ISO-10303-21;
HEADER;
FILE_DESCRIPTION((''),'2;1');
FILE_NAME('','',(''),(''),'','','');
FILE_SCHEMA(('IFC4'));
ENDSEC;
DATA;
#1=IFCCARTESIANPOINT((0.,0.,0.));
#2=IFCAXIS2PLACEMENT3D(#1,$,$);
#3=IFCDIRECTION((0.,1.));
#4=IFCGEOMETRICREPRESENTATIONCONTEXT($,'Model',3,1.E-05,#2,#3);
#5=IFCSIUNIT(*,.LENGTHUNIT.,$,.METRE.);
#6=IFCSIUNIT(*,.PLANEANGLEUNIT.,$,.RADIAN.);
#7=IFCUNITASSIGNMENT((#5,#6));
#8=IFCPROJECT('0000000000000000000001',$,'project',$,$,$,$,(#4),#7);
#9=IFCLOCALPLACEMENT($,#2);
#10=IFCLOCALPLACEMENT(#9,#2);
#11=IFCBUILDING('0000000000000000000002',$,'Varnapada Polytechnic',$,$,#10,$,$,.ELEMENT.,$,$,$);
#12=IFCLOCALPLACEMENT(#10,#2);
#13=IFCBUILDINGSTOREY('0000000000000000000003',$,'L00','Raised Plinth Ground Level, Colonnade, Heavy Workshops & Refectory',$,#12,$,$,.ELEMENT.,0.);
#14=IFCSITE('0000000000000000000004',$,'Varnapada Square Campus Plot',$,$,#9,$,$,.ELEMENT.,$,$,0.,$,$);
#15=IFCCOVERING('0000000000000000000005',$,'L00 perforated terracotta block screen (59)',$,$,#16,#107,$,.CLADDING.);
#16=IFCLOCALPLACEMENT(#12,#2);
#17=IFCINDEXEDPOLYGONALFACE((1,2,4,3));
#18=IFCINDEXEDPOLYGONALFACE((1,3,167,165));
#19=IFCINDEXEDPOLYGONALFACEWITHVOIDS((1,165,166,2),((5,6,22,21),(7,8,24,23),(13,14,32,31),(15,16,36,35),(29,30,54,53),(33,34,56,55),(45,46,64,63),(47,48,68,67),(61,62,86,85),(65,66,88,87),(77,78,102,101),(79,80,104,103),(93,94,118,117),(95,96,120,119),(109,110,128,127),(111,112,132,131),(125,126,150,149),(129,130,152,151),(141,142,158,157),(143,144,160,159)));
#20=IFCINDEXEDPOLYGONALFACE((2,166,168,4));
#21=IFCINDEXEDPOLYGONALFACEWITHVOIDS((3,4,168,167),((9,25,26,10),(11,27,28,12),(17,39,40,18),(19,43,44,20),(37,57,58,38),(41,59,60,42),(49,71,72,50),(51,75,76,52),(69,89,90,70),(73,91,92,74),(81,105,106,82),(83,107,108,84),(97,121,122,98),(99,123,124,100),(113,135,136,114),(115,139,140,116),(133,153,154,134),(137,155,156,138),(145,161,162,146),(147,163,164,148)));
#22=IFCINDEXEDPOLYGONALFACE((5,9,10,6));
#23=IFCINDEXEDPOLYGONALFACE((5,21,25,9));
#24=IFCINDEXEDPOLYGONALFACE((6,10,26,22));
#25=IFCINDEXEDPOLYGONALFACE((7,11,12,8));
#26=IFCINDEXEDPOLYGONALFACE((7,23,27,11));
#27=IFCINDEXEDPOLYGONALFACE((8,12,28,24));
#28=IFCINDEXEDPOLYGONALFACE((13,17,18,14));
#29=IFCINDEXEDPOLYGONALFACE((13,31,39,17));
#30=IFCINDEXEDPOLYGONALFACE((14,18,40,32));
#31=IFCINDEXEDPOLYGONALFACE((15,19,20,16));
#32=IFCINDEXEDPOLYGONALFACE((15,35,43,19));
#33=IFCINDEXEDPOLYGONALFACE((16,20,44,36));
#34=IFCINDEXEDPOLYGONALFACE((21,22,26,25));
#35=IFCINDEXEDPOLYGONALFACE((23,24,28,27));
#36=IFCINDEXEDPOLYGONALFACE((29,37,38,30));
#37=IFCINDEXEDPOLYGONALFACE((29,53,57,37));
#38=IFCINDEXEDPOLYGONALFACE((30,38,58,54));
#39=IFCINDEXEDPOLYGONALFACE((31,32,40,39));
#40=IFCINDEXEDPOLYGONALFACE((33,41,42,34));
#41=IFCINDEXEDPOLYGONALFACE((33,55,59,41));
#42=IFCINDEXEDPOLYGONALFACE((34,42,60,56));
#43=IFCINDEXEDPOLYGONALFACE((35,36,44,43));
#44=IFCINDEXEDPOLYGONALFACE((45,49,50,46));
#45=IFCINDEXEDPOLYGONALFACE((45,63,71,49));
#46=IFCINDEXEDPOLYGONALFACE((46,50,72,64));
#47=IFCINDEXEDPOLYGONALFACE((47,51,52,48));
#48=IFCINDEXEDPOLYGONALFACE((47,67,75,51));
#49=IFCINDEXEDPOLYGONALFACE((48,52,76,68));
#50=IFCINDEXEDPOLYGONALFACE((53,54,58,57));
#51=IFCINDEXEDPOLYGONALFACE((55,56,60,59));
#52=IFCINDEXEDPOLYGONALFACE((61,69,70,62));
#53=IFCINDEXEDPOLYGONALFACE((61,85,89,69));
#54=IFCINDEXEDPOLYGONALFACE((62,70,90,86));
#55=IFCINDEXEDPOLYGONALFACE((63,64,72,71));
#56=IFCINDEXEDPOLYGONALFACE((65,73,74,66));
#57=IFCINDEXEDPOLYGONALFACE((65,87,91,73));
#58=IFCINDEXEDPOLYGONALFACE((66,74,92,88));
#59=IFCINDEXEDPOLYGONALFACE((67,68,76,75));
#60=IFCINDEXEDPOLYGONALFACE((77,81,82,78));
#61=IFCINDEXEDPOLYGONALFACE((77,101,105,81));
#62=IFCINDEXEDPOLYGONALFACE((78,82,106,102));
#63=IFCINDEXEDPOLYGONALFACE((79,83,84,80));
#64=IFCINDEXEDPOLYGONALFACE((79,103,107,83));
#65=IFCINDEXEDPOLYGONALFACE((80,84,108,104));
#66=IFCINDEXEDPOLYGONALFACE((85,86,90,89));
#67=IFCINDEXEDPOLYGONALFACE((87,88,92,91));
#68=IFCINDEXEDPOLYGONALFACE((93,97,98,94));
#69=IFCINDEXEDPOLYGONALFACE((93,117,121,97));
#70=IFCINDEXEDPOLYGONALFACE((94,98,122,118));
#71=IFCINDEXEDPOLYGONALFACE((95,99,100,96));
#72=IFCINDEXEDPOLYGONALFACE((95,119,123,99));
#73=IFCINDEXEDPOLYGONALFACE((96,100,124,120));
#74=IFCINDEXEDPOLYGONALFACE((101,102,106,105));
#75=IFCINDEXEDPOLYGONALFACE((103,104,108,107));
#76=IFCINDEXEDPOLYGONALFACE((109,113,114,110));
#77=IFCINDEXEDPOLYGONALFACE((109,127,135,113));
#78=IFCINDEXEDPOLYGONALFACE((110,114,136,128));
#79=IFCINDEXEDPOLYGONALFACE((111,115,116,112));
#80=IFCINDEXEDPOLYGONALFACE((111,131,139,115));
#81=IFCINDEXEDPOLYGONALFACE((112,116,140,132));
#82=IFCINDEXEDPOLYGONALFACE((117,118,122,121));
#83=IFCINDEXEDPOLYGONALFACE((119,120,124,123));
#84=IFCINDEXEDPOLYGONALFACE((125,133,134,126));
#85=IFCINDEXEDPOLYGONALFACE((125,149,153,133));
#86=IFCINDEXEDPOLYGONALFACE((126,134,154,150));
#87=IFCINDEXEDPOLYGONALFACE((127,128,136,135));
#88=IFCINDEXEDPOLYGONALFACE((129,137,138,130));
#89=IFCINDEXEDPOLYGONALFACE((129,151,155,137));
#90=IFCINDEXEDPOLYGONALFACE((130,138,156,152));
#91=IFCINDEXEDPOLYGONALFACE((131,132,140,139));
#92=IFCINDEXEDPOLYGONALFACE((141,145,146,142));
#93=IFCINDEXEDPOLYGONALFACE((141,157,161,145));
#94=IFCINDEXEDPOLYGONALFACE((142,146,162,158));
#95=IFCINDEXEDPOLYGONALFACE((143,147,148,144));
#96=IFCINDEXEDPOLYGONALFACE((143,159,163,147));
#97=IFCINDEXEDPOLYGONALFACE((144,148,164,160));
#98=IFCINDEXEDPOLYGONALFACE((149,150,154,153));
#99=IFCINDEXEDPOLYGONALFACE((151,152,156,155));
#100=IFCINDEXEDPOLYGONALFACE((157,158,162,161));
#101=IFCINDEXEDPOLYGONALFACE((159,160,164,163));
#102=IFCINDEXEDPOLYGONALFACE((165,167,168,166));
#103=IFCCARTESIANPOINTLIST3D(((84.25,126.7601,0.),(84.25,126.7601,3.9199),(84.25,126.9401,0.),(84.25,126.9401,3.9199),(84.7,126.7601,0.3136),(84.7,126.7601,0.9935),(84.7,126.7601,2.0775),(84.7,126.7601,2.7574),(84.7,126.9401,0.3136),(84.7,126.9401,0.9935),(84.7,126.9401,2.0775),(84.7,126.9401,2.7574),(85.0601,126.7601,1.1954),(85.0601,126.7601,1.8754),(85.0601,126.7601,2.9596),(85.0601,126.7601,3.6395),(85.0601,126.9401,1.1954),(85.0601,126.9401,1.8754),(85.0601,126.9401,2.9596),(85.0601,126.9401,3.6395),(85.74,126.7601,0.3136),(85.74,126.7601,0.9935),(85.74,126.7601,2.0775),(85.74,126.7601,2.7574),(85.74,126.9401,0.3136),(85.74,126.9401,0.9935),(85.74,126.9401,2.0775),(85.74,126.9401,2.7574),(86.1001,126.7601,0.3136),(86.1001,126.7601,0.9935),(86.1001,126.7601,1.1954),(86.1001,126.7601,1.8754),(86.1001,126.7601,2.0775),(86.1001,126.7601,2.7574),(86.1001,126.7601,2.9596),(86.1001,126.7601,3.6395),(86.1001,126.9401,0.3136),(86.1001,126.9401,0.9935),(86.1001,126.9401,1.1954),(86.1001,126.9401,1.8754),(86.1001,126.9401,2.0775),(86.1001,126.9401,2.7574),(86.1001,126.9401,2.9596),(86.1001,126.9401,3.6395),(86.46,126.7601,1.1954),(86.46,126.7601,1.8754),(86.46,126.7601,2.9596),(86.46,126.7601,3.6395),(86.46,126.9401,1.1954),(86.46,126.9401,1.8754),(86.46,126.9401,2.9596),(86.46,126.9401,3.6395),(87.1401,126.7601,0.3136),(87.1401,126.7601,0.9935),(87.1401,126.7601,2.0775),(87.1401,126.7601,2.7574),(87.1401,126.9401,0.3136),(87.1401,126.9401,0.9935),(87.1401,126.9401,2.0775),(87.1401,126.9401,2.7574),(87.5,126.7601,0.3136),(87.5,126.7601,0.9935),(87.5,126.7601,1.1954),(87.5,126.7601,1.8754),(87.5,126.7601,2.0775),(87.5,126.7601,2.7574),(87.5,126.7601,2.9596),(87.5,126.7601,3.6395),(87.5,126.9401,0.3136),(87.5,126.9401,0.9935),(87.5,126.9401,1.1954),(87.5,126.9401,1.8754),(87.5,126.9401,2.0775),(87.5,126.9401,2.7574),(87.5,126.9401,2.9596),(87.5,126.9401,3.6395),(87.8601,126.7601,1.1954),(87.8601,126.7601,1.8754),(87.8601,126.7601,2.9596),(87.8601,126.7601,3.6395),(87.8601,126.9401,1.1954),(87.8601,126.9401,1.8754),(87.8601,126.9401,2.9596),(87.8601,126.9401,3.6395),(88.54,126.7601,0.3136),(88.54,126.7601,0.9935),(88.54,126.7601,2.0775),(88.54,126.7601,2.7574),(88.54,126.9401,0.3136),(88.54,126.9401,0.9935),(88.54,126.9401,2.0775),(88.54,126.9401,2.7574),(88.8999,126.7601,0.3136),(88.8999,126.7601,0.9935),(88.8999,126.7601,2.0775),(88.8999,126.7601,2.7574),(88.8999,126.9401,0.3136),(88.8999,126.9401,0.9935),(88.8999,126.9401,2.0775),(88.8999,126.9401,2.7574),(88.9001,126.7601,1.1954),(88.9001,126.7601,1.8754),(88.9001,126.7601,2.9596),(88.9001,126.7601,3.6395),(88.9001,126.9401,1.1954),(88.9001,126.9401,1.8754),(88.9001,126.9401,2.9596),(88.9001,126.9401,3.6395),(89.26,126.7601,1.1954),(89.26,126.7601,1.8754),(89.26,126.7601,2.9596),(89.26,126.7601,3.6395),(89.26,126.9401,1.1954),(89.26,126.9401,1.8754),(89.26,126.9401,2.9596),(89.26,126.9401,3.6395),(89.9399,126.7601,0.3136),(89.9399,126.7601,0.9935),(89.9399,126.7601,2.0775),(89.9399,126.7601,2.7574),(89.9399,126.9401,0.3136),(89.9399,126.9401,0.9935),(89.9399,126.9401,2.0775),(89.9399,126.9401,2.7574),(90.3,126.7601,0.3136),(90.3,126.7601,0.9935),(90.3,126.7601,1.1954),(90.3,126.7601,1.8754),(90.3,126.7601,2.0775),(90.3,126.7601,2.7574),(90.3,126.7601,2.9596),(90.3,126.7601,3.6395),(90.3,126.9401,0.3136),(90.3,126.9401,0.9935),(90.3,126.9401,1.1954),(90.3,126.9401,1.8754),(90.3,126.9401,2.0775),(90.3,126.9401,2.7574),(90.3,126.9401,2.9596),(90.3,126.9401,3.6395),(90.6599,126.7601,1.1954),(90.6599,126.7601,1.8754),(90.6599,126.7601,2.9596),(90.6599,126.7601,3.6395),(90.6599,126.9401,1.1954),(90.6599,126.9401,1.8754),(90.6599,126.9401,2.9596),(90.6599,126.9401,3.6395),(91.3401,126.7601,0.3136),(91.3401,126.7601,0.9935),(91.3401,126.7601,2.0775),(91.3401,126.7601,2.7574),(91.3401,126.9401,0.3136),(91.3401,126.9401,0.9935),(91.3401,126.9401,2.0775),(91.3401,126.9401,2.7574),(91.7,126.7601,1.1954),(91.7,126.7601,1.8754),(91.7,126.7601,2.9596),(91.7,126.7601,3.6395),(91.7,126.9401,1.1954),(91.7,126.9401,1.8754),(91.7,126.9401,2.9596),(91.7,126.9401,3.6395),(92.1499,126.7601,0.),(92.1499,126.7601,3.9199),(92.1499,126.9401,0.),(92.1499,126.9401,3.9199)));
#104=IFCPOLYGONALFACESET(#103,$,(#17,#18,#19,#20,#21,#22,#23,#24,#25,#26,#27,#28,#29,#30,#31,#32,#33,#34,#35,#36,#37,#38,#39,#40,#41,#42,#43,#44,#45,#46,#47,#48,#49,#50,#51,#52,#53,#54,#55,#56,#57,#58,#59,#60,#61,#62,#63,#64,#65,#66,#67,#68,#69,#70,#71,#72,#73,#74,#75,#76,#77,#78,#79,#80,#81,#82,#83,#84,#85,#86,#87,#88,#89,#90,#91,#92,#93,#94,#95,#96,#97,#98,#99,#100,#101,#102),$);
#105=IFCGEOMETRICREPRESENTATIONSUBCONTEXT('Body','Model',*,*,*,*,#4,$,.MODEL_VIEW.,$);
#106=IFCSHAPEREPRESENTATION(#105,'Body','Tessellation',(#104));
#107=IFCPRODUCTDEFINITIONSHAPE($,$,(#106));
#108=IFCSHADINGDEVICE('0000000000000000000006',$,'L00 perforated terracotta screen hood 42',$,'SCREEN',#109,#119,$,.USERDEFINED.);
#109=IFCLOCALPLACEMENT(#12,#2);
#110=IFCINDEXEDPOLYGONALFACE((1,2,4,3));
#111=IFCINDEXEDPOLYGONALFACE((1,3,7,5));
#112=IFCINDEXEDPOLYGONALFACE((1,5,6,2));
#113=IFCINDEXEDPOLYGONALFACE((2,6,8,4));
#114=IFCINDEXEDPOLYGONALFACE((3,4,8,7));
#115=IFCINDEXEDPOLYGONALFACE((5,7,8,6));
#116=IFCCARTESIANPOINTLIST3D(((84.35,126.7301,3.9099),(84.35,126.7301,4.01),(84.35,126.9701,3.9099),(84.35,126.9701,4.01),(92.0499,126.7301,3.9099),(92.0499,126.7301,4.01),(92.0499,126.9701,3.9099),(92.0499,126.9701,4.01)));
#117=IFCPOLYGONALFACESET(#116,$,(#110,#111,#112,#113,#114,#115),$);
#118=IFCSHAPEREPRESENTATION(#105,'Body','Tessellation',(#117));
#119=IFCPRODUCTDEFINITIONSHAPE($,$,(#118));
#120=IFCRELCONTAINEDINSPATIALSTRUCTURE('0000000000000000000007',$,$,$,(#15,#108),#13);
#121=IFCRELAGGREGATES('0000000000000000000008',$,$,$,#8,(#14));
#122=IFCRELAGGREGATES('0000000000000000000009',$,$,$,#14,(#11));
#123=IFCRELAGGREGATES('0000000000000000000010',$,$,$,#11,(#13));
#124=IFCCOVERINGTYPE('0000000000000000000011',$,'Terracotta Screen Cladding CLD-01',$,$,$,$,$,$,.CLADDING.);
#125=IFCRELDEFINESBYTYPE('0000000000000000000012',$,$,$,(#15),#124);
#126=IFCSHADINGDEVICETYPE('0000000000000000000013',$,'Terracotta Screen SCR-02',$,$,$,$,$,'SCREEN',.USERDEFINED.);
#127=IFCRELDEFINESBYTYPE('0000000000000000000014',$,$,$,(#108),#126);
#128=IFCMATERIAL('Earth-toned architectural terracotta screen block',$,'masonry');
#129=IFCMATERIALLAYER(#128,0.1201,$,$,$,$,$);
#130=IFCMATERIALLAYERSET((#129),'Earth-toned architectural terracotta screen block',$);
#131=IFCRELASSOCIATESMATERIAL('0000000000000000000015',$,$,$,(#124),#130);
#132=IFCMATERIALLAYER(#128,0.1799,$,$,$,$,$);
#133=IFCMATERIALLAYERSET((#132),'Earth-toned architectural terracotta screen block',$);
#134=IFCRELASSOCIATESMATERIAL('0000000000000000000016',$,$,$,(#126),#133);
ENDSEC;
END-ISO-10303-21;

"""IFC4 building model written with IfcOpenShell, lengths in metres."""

from ifc_helpers import new_model, si_unit, direction, frame, frame_2d, origin, origin_2d, place, context, subcontext, project, spatial, rectangle, extrude, material, layer, layer_set, type_object, element, save


model = new_model("IFC4")

# Units and contexts
model_context = context("Model", 3, precision=1e-05, world=origin(), true_north=direction((0.0, 1.0)))
body_context = subcontext(model_context, "Body", "Model", "MODEL_VIEW")
ifc_project = project(units=[si_unit("LENGTHUNIT", "METRE"), si_unit("PLANEANGLEUNIT", "RADIAN")], contexts=[model_context])

# Site, building, storey
site_placement = place(None, origin())
site = spatial("IfcSite", under=ifc_project, at=site_placement, Name="Varnapada Square Campus Plot", CompositionType="ELEMENT", RefElevation=0.0)
building_placement = place(site_placement, origin())
building = spatial("IfcBuilding", under=site, at=building_placement, Name="Varnapada Polytechnic", CompositionType="ELEMENT")
storey_placement = place(building_placement, origin())
storey = spatial("IfcBuildingStorey", under=building, at=storey_placement, Name="L00", Description="Raised Plinth Ground Level, Colonnade, Heavy Workshops & Refectory", CompositionType="ELEMENT", Elevation=0.0)

# Covering, openings
ifc_material_1 = material(Name="Earth-toned architectural terracotta screen block", Category="masonry")
ifc_layer_1 = layer(ifc_material_1, 0.1201)
ifc_layer_set_1 = layer_set([ifc_layer_1], Name="Earth-toned architectural terracotta screen block")
covering_type_1 = type_object("IfcCoveringType", Name="Terracotta Screen Cladding CLD-01", PredefinedType="CLADDING", material=ifc_layer_set_1)
covering_1_placement = place(storey_placement, frame((84.25, 126.8501, 0.0), z_axis=(0.0, 0.0, 1.0), x_axis=(1.0, 0.0, 0.0)))
covering_1 = element("IfcCovering", 1, at=covering_1_placement, inside=storey, type_object=covering_type_1, Name="L00 perforated terracotta block screen (59)", PredefinedType="CLADDING", context=body_context, shape_type="SweptSolid", body=[
    extrude(rectangle(XDim=7.8999, YDim=0.1799, at=frame_2d((3.95, 0.0))), origin(), (0.0, 0.0, 1.0), 3.9199),
])
opening_1_placement = place(covering_1_placement, frame((0.45, 0.0, 0.3137)))
element("IfcOpeningElement", 2, at=opening_1_placement, cuts=covering_1, PredefinedType="OPENING", context=body_context, shape_type="SweptSolid", body=[
    extrude(rectangle(XDim=1.04, YDim=0.6799, at=frame_2d((0.52, 0.3398))), frame((0.0, 0.0999, 0.0), z_axis=(0.0, -1.0, 0.0), x_axis=(1.0, 0.0, 0.0)), (0.0, 0.0, 1.0), 0.2),
])
opening_2_placement = place(covering_1_placement, frame((1.8501, 0.0, 0.3137)))
element("IfcOpeningElement", 3, at=opening_2_placement, cuts=covering_1, PredefinedType="OPENING", context=body_context, shape_type="SweptSolid", body=[
    extrude(rectangle(XDim=1.04, YDim=0.6799, at=frame_2d((0.52, 0.3398))), frame((0.0, 0.0999, 0.0), z_axis=(0.0, -1.0, 0.0), x_axis=(1.0, 0.0, 0.0)), (0.0, 0.0, 1.0), 0.2),
])
opening_3_placement = place(covering_1_placement, frame((3.25, 0.0, 0.3137)))
element("IfcOpeningElement", 4, at=opening_3_placement, cuts=covering_1, PredefinedType="OPENING", context=body_context, shape_type="SweptSolid", body=[
    extrude(rectangle(XDim=1.04, YDim=0.6799, at=frame_2d((0.52, 0.3398))), frame((0.0, 0.0999, 0.0), z_axis=(0.0, -1.0, 0.0), x_axis=(1.0, 0.0, 0.0)), (0.0, 0.0, 1.0), 0.2),
])
opening_4_placement = place(covering_1_placement, frame((4.6499, 0.0, 0.3137)))
element("IfcOpeningElement", 5, at=opening_4_placement, cuts=covering_1, PredefinedType="OPENING", context=body_context, shape_type="SweptSolid", body=[
    extrude(rectangle(XDim=1.04, YDim=0.6799, at=frame_2d((0.52, 0.3398))), frame((0.0, 0.0999, 0.0), z_axis=(0.0, -1.0, 0.0), x_axis=(1.0, 0.0, 0.0)), (0.0, 0.0, 1.0), 0.2),
])
opening_5_placement = place(covering_1_placement, frame((6.05, 0.0, 0.3137)))
element("IfcOpeningElement", 6, at=opening_5_placement, cuts=covering_1, PredefinedType="OPENING", context=body_context, shape_type="SweptSolid", body=[
    extrude(rectangle(XDim=1.04, YDim=0.6799, at=frame_2d((0.52, 0.3398))), frame((0.0, 0.0999, 0.0), z_axis=(0.0, -1.0, 0.0), x_axis=(1.0, 0.0, 0.0)), (0.0, 0.0, 1.0), 0.2),
])
opening_6_placement = place(covering_1_placement, frame((0.8101, 0.0, 1.1956)))
element("IfcOpeningElement", 7, at=opening_6_placement, cuts=covering_1, PredefinedType="OPENING", context=body_context, shape_type="SweptSolid", body=[
    extrude(rectangle(XDim=1.04, YDim=0.6799, at=frame_2d((0.52, 0.3398))), frame((0.0, 0.0999, 0.0), z_axis=(0.0, -1.0, 0.0), x_axis=(1.0, 0.0, 0.0)), (0.0, 0.0, 1.0), 0.2),
])
opening_7_placement = place(covering_1_placement, frame((2.21, 0.0, 1.1956)))
element("IfcOpeningElement", 8, at=opening_7_placement, cuts=covering_1, PredefinedType="OPENING", context=body_context, shape_type="SweptSolid", body=[
    extrude(rectangle(XDim=1.04, YDim=0.6799, at=frame_2d((0.52, 0.3398))), frame((0.0, 0.0999, 0.0), z_axis=(0.0, -1.0, 0.0), x_axis=(1.0, 0.0, 0.0)), (0.0, 0.0, 1.0), 0.2),
])
opening_8_placement = place(covering_1_placement, frame((3.6101, 0.0, 1.1956)))
element("IfcOpeningElement", 9, at=opening_8_placement, cuts=covering_1, PredefinedType="OPENING", context=body_context, shape_type="SweptSolid", body=[
    extrude(rectangle(XDim=1.04, YDim=0.6799, at=frame_2d((0.52, 0.3398))), frame((0.0, 0.0999, 0.0), z_axis=(0.0, -1.0, 0.0), x_axis=(1.0, 0.0, 0.0)), (0.0, 0.0, 1.0), 0.2),
])
opening_9_placement = place(covering_1_placement, frame((5.01, 0.0, 1.1956)))
element("IfcOpeningElement", 10, at=opening_9_placement, cuts=covering_1, PredefinedType="OPENING", context=body_context, shape_type="SweptSolid", body=[
    extrude(rectangle(XDim=1.04, YDim=0.6799, at=frame_2d((0.52, 0.3398))), frame((0.0, 0.0999, 0.0), z_axis=(0.0, -1.0, 0.0), x_axis=(1.0, 0.0, 0.0)), (0.0, 0.0, 1.0), 0.2),
])
opening_10_placement = place(covering_1_placement, frame((6.4099, 0.0, 1.1956)))
element("IfcOpeningElement", 11, at=opening_10_placement, cuts=covering_1, PredefinedType="OPENING", context=body_context, shape_type="SweptSolid", body=[
    extrude(rectangle(XDim=1.04, YDim=0.6799, at=frame_2d((0.52, 0.3398))), frame((0.0, 0.0999, 0.0), z_axis=(0.0, -1.0, 0.0), x_axis=(1.0, 0.0, 0.0)), (0.0, 0.0, 1.0), 0.2),
])
opening_11_placement = place(covering_1_placement, frame((0.45, 0.0, 2.0776)))
element("IfcOpeningElement", 12, at=opening_11_placement, cuts=covering_1, PredefinedType="OPENING", context=body_context, shape_type="SweptSolid", body=[
    extrude(rectangle(XDim=1.04, YDim=0.6799, at=frame_2d((0.52, 0.3398))), frame((0.0, 0.0999, 0.0), z_axis=(0.0, -1.0, 0.0), x_axis=(1.0, 0.0, 0.0)), (0.0, 0.0, 1.0), 0.2),
])
opening_12_placement = place(covering_1_placement, frame((1.8501, 0.0, 2.0776)))
element("IfcOpeningElement", 13, at=opening_12_placement, cuts=covering_1, PredefinedType="OPENING", context=body_context, shape_type="SweptSolid", body=[
    extrude(rectangle(XDim=1.04, YDim=0.6799, at=frame_2d((0.52, 0.3398))), frame((0.0, 0.0999, 0.0), z_axis=(0.0, -1.0, 0.0), x_axis=(1.0, 0.0, 0.0)), (0.0, 0.0, 1.0), 0.2),
])
opening_13_placement = place(covering_1_placement, frame((3.25, 0.0, 2.0776)))
element("IfcOpeningElement", 14, at=opening_13_placement, cuts=covering_1, PredefinedType="OPENING", context=body_context, shape_type="SweptSolid", body=[
    extrude(rectangle(XDim=1.04, YDim=0.6799, at=frame_2d((0.52, 0.3398))), frame((0.0, 0.0999, 0.0), z_axis=(0.0, -1.0, 0.0), x_axis=(1.0, 0.0, 0.0)), (0.0, 0.0, 1.0), 0.2),
])
opening_14_placement = place(covering_1_placement, frame((4.6499, 0.0, 2.0776)))
element("IfcOpeningElement", 15, at=opening_14_placement, cuts=covering_1, PredefinedType="OPENING", context=body_context, shape_type="SweptSolid", body=[
    extrude(rectangle(XDim=1.04, YDim=0.6799, at=frame_2d((0.52, 0.3398))), frame((0.0, 0.0999, 0.0), z_axis=(0.0, -1.0, 0.0), x_axis=(1.0, 0.0, 0.0)), (0.0, 0.0, 1.0), 0.2),
])
opening_15_placement = place(covering_1_placement, frame((6.05, 0.0, 2.0776)))
element("IfcOpeningElement", 16, at=opening_15_placement, cuts=covering_1, PredefinedType="OPENING", context=body_context, shape_type="SweptSolid", body=[
    extrude(rectangle(XDim=1.04, YDim=0.6799, at=frame_2d((0.52, 0.3398))), frame((0.0, 0.0999, 0.0), z_axis=(0.0, -1.0, 0.0), x_axis=(1.0, 0.0, 0.0)), (0.0, 0.0, 1.0), 0.2),
])
opening_16_placement = place(covering_1_placement, frame((0.8101, 0.0, 2.9597)))
element("IfcOpeningElement", 17, at=opening_16_placement, cuts=covering_1, PredefinedType="OPENING", context=body_context, shape_type="SweptSolid", body=[
    extrude(rectangle(XDim=1.04, YDim=0.6799, at=frame_2d((0.52, 0.3398))), frame((0.0, 0.0999, 0.0), z_axis=(0.0, -1.0, 0.0), x_axis=(1.0, 0.0, 0.0)), (0.0, 0.0, 1.0), 0.2),
])
opening_17_placement = place(covering_1_placement, frame((2.21, 0.0, 2.9597)))
element("IfcOpeningElement", 18, at=opening_17_placement, cuts=covering_1, PredefinedType="OPENING", context=body_context, shape_type="SweptSolid", body=[
    extrude(rectangle(XDim=1.04, YDim=0.6799, at=frame_2d((0.52, 0.3398))), frame((0.0, 0.0999, 0.0), z_axis=(0.0, -1.0, 0.0), x_axis=(1.0, 0.0, 0.0)), (0.0, 0.0, 1.0), 0.2),
])
opening_18_placement = place(covering_1_placement, frame((3.6101, 0.0, 2.9597)))
element("IfcOpeningElement", 19, at=opening_18_placement, cuts=covering_1, PredefinedType="OPENING", context=body_context, shape_type="SweptSolid", body=[
    extrude(rectangle(XDim=1.04, YDim=0.6799, at=frame_2d((0.52, 0.3398))), frame((0.0, 0.0999, 0.0), z_axis=(0.0, -1.0, 0.0), x_axis=(1.0, 0.0, 0.0)), (0.0, 0.0, 1.0), 0.2),
])
opening_19_placement = place(covering_1_placement, frame((5.01, 0.0, 2.9597)))
element("IfcOpeningElement", 20, at=opening_19_placement, cuts=covering_1, PredefinedType="OPENING", context=body_context, shape_type="SweptSolid", body=[
    extrude(rectangle(XDim=1.04, YDim=0.6799, at=frame_2d((0.52, 0.3398))), frame((0.0, 0.0999, 0.0), z_axis=(0.0, -1.0, 0.0), x_axis=(1.0, 0.0, 0.0)), (0.0, 0.0, 1.0), 0.2),
])
opening_20_placement = place(covering_1_placement, frame((6.4099, 0.0, 2.9597)))
element("IfcOpeningElement", 21, at=opening_20_placement, cuts=covering_1, PredefinedType="OPENING", context=body_context, shape_type="SweptSolid", body=[
    extrude(rectangle(XDim=1.04, YDim=0.6799, at=frame_2d((0.52, 0.3398))), frame((0.0, 0.0999, 0.0), z_axis=(0.0, -1.0, 0.0), x_axis=(1.0, 0.0, 0.0)), (0.0, 0.0, 1.0), 0.2),
])

# Shading device
ifc_layer_2 = layer(ifc_material_1, 0.1799)
ifc_layer_set_2 = layer_set([ifc_layer_2], Name="Earth-toned architectural terracotta screen block")
shading_device_type = type_object("IfcShadingDeviceType", Name="Terracotta Screen SCR-02", ElementType="SCREEN", PredefinedType="USERDEFINED", material=ifc_layer_set_2)
shading_device_placement = place(storey_placement, frame((88.2, 126.8501, 3.9099), z_axis=(0.0, 0.0, 1.0), x_axis=(1.0, 0.0, 0.0)))
element("IfcShadingDevice", 22, at=shading_device_placement, inside=storey, type_object=shading_device_type, Name="L00 perforated terracotta screen hood 42", ObjectType="SCREEN", PredefinedType="USERDEFINED", context=body_context, shape_type="SweptSolid", body=[
    extrude(rectangle(XDim=7.7, YDim=0.24, at=origin_2d()), origin(), (0.0, 0.0, 1.0), 0.1001),
])

save(model, "model.ifc")
